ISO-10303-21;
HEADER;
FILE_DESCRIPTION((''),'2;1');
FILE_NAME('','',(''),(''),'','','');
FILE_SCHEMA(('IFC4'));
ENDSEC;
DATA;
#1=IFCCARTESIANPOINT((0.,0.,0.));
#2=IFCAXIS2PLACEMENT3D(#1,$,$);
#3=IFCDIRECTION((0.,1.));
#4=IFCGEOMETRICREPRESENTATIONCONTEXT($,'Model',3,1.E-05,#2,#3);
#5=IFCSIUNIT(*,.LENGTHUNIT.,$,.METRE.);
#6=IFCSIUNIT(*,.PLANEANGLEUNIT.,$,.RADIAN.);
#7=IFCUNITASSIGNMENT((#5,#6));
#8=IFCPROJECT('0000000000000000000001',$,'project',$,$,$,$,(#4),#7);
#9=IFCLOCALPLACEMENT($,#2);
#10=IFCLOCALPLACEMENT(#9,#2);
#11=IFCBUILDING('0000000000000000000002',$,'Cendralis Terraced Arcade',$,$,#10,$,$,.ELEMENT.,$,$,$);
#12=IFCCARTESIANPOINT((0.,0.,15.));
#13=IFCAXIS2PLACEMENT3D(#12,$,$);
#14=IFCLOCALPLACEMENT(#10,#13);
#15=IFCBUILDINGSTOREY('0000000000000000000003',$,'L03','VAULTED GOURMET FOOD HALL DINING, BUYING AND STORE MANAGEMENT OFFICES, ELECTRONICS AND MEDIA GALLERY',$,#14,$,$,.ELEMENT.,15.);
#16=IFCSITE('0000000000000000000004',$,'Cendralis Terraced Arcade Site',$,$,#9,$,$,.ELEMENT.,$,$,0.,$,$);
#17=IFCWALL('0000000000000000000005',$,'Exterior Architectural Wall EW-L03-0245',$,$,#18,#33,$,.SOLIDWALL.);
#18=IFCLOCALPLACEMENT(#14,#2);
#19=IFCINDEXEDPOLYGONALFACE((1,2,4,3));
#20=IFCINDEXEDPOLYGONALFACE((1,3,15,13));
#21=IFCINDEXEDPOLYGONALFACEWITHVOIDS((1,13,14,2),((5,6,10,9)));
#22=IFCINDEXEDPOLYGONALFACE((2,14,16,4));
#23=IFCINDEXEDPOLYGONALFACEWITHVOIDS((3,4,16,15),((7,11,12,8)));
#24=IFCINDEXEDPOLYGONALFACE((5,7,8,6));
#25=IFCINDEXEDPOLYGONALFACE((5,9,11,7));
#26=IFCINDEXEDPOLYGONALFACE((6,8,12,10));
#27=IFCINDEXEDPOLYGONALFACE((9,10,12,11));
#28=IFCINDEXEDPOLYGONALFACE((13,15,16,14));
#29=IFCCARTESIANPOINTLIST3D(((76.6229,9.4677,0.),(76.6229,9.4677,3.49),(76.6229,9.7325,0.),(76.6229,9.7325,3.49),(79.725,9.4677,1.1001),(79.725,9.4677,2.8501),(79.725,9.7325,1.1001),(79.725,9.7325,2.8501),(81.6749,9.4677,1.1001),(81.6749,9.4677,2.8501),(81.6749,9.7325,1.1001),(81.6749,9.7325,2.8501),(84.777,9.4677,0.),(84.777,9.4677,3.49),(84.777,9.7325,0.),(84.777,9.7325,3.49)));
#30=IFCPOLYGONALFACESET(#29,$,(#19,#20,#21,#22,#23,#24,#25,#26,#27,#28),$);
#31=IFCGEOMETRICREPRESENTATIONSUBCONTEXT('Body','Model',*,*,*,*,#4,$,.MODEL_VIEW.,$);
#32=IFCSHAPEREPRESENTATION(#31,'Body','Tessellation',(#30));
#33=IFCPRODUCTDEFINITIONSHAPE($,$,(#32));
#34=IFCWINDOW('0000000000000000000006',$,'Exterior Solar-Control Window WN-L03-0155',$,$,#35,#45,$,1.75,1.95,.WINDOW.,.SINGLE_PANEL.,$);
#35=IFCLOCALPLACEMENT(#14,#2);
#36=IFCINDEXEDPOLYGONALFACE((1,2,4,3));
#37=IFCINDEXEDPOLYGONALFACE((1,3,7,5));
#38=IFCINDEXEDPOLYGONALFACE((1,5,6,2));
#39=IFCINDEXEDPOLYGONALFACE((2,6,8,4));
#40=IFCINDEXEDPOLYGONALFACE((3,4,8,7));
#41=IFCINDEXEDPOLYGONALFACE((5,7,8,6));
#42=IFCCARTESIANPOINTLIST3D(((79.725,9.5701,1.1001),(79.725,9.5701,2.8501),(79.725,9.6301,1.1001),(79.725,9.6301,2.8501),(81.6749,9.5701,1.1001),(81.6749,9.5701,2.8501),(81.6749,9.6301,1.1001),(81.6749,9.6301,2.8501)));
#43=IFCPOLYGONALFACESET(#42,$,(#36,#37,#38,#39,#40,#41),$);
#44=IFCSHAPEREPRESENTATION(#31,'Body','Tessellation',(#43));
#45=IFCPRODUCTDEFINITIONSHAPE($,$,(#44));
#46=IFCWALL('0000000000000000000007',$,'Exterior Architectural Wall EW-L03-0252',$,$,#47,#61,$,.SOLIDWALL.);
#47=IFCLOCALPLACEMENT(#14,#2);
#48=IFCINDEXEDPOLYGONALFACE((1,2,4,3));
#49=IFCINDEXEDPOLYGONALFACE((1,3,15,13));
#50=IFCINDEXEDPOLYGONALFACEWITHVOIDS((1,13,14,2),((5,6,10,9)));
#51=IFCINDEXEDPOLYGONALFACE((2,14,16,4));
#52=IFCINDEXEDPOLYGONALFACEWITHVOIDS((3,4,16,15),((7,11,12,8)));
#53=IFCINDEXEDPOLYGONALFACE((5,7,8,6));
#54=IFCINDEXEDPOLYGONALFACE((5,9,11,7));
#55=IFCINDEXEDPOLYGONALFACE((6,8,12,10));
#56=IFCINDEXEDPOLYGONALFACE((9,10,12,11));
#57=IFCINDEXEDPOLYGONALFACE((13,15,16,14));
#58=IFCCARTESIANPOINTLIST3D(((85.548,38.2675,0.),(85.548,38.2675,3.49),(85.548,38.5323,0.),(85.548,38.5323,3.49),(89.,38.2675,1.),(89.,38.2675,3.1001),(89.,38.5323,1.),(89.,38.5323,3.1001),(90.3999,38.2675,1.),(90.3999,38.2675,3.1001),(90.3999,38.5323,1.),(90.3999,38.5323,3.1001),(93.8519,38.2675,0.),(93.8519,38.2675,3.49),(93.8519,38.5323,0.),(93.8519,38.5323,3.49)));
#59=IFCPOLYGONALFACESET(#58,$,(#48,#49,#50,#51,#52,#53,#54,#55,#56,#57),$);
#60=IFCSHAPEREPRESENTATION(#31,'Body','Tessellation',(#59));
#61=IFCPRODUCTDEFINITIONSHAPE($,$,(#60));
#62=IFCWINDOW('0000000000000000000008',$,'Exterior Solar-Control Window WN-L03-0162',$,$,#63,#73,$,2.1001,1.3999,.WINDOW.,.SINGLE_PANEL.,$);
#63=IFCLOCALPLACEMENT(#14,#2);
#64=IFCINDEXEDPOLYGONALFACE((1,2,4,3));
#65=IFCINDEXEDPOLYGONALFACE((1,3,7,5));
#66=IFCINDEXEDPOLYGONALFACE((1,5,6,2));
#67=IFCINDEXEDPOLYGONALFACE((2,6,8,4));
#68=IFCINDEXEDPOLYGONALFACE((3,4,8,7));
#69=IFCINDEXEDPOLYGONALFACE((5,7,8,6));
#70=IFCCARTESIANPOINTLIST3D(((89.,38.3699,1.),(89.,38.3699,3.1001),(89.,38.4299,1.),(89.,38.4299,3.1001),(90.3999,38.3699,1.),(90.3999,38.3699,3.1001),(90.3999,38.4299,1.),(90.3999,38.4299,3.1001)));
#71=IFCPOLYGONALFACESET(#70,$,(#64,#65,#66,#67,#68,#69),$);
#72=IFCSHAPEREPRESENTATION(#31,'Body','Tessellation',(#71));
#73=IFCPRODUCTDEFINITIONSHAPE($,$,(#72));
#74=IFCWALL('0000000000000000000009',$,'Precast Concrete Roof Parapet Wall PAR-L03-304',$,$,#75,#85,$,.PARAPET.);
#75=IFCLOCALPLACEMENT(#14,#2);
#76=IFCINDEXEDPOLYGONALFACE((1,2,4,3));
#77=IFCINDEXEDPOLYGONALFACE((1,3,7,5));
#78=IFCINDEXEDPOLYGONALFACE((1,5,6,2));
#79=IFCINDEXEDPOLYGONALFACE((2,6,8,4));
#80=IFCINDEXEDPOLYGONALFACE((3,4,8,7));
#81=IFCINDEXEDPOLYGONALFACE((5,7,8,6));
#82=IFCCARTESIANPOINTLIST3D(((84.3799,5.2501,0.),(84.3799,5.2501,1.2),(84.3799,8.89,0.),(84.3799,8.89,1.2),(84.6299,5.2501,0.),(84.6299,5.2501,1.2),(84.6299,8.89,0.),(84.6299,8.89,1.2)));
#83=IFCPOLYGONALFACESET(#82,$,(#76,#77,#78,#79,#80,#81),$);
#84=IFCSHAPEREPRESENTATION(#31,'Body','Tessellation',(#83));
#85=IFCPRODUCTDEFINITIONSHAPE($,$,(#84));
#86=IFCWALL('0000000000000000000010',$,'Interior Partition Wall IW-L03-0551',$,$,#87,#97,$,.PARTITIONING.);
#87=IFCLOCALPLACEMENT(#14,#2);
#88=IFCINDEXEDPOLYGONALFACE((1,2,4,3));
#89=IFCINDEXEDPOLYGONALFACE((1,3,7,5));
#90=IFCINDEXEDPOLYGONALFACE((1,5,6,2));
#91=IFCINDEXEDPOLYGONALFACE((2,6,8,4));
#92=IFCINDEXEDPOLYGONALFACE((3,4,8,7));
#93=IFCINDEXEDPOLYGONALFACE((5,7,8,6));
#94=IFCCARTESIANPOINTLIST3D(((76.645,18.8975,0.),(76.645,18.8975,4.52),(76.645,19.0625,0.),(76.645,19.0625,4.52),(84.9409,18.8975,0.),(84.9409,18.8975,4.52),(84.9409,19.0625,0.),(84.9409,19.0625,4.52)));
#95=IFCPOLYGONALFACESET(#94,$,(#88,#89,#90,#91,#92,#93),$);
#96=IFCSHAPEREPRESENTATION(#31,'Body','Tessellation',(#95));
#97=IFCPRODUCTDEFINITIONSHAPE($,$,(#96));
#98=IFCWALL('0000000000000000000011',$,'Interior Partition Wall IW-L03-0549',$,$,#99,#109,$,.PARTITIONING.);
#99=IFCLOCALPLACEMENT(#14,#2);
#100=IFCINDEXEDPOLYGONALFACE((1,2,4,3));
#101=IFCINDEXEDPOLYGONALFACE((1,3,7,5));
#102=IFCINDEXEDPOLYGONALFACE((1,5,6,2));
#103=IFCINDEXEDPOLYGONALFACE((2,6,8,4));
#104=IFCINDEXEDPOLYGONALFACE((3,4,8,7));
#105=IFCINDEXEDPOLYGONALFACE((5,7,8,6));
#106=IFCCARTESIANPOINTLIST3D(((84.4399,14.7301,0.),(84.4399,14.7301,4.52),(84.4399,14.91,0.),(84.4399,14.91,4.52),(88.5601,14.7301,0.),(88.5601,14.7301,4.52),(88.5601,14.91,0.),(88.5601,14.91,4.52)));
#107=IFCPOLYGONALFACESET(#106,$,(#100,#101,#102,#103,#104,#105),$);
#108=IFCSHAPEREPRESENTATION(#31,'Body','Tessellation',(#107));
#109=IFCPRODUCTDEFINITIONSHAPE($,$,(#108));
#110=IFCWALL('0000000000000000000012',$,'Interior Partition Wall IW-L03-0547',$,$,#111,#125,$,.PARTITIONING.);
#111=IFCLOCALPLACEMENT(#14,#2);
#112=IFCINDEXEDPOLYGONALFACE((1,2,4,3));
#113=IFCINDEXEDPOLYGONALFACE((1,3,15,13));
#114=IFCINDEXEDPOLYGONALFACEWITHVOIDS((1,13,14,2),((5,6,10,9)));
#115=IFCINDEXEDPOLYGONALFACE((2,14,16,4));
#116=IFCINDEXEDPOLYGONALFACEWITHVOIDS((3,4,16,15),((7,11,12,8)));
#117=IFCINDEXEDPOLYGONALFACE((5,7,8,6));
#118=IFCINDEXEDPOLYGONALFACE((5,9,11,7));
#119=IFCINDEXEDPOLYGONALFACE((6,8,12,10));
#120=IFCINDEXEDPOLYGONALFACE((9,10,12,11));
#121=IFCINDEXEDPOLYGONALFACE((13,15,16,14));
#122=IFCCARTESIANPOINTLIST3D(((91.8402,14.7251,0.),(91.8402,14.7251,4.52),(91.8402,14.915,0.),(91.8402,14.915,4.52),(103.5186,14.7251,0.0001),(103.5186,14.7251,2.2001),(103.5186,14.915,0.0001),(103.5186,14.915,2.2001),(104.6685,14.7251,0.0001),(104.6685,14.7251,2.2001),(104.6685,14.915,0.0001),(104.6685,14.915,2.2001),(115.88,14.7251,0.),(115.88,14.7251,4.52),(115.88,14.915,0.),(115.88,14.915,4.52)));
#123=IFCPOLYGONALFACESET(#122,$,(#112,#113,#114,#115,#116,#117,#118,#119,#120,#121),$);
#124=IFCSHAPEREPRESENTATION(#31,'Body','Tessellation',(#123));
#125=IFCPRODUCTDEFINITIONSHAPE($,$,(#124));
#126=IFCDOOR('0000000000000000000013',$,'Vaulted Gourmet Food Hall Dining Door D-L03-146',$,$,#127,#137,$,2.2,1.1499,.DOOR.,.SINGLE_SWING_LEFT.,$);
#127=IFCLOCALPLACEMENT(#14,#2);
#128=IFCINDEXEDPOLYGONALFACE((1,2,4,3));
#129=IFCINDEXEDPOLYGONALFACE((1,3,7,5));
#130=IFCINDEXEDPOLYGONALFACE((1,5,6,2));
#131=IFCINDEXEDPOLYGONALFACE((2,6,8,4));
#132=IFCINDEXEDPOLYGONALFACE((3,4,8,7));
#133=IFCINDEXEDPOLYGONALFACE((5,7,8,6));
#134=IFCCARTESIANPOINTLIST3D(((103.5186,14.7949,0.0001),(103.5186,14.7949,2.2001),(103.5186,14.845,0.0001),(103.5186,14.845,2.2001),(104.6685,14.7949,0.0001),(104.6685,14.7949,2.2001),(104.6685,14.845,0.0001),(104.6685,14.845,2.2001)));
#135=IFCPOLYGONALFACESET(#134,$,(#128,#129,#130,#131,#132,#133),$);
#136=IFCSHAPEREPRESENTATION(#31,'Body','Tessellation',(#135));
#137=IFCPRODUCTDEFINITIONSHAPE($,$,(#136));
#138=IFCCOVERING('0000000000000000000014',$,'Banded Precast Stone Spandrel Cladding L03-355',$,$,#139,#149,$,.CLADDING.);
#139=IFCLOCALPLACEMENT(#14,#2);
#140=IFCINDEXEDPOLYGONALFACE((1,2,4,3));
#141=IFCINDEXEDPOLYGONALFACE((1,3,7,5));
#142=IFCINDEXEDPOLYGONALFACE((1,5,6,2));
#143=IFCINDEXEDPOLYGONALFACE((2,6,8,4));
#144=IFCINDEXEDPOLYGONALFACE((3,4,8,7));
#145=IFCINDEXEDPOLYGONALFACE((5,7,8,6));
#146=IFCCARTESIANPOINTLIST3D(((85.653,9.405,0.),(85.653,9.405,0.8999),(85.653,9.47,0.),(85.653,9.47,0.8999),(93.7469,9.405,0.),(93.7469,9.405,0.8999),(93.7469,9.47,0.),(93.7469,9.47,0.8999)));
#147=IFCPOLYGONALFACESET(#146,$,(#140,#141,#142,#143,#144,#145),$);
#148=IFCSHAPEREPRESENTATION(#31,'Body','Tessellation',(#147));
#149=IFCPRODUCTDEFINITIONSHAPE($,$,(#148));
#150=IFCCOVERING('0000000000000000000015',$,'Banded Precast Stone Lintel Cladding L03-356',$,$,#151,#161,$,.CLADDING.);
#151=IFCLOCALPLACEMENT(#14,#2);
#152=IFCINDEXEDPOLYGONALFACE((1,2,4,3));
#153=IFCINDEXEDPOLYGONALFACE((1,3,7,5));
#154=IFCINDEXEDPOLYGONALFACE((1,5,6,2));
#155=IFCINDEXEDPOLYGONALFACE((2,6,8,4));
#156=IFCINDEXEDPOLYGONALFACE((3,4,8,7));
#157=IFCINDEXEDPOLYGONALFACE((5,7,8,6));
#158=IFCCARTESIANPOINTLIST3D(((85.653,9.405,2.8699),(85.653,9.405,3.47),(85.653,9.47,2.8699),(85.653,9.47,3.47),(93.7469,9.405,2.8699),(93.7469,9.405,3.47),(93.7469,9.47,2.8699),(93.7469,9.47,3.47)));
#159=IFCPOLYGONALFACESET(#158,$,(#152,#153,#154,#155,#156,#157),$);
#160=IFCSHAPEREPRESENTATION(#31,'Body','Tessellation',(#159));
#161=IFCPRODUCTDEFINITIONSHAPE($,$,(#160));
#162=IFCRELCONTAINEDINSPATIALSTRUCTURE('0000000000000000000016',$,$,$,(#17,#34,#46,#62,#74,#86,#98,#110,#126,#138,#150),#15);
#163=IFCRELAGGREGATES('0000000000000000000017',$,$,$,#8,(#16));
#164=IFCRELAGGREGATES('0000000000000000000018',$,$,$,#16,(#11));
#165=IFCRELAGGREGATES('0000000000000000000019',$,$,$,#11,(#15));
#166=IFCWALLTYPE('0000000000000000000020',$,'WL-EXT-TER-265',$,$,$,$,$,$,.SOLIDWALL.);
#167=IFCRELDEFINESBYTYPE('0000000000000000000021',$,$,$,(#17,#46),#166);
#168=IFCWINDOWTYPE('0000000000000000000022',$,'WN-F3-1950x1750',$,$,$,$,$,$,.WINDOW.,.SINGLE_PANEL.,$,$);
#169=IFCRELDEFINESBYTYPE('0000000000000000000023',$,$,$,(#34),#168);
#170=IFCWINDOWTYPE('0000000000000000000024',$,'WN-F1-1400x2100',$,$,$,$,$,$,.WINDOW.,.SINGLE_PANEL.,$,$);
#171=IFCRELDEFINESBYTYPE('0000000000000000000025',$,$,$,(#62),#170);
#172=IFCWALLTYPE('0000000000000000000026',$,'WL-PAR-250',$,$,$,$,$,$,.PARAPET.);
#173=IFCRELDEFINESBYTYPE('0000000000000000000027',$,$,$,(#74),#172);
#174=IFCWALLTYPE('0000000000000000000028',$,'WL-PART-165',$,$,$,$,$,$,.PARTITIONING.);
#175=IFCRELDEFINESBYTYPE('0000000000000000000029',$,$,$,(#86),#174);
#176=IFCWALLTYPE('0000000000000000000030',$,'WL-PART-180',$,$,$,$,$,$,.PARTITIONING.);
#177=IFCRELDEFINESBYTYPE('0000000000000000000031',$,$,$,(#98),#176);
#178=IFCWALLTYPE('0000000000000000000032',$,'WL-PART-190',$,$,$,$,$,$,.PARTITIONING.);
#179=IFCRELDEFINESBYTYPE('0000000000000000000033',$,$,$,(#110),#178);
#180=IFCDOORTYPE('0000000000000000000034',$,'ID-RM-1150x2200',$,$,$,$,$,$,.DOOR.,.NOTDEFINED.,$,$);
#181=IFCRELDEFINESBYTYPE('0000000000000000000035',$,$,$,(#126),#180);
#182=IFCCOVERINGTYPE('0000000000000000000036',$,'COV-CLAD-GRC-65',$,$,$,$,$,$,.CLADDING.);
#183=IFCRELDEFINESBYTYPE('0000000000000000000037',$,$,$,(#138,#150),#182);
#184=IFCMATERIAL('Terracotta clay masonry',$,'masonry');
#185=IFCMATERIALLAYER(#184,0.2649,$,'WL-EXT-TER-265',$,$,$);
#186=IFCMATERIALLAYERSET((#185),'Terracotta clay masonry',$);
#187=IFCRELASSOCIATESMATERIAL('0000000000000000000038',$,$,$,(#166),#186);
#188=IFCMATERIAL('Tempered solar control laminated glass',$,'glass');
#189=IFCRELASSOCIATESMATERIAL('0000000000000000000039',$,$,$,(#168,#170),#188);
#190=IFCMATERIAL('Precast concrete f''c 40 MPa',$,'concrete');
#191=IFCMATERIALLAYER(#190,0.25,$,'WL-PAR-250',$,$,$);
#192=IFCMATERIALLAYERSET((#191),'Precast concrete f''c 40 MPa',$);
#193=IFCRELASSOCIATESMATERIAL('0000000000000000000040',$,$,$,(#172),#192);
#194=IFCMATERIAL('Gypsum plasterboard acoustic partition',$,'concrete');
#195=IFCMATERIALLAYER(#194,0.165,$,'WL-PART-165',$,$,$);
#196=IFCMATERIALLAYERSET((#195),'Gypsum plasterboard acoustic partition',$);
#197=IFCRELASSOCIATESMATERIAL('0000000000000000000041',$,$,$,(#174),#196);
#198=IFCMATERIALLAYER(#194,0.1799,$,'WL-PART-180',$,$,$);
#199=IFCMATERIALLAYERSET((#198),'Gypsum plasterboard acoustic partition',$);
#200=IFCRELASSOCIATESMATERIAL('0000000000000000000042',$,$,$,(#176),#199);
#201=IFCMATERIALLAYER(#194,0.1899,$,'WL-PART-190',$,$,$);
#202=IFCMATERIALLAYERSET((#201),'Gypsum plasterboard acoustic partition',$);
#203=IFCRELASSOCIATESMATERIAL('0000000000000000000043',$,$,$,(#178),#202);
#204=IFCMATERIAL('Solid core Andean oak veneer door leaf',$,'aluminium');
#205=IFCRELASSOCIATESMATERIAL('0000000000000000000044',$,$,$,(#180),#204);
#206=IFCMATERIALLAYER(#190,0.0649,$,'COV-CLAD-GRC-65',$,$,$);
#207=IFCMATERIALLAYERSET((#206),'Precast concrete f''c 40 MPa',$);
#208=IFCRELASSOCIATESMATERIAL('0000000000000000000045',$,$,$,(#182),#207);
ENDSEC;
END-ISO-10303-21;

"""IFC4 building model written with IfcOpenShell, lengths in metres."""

from ifc_helpers import new_model, si_unit, direction, frame, frame_2d, origin, origin_2d, place, context, subcontext, project, spatial, rectangle, extrude, material, layer, layer_set, type_object, element, fill, save


model = new_model("IFC4")

# Units and contexts
model_context = context("Model", 3, precision=1e-05, world=origin(), true_north=direction((0.0, 1.0)))
body_context = subcontext(model_context, "Body", "Model", "MODEL_VIEW")
ifc_project = project(units=[si_unit("LENGTHUNIT", "METRE"), si_unit("PLANEANGLEUNIT", "RADIAN")], contexts=[model_context])

# Site, building, storey
site_placement = place(None, origin())
site = spatial("IfcSite", under=ifc_project, at=site_placement, Name="Cendralis Terraced Arcade Site", CompositionType="ELEMENT", RefElevation=0.0)
building_placement = place(site_placement, origin())
building = spatial("IfcBuilding", under=site, at=building_placement, Name="Cendralis Terraced Arcade", CompositionType="ELEMENT")
storey_placement = place(building_placement, frame((0.0, 0.0, 15.0)))
storey = spatial("IfcBuildingStorey", under=building, at=storey_placement, Name="L03", Description="VAULTED GOURMET FOOD HALL DINING, BUYING AND STORE MANAGEMENT OFFICES, ELECTRONICS AND MEDIA GALLERY", CompositionType="ELEMENT", Elevation=15.0)

# Walls, openings, windows
ifc_material_1 = material(Name="Terracotta clay masonry", Category="masonry")
ifc_layer_1 = layer(ifc_material_1, 0.2649, Name="WL-EXT-TER-265")
ifc_layer_set_1 = layer_set([ifc_layer_1], Name="Terracotta clay masonry")
wall_type_1 = type_object("IfcWallType", Name="WL-EXT-TER-265", PredefinedType="SOLIDWALL", material=ifc_layer_set_1)
ifc_material_2 = material(Name="Tempered solar control laminated glass", Category="glass")
wall_1_placement = place(storey_placement, frame((84.7771, 9.6001, 0.0), z_axis=(0.0, 0.0, 1.0), x_axis=(-1.0, 0.0, 0.0)))
wall_1 = element("IfcWall", 1, at=wall_1_placement, inside=storey, type_object=wall_type_1, Name="Exterior Architectural Wall EW-L03-0245", PredefinedType="SOLIDWALL", context=body_context, shape_type="SweptSolid", body=[
    extrude(rectangle(XDim=8.1541, YDim=0.2649, at=frame_2d((4.0771, 0.0))), origin(), (0.0, 0.0, 1.0), 3.49),
])
opening_1_placement = place(wall_1_placement, frame((3.1021, 0.0, 1.1001)))
opening_1 = element("IfcOpeningElement", 2, at=opening_1_placement, cuts=wall_1, PredefinedType="OPENING", context=body_context, shape_type="SweptSolid", body=[
    extrude(rectangle(XDim=1.95, YDim=1.75, at=frame_2d((0.9751, 0.875))), frame((0.0, 0.1445, 0.0), z_axis=(0.0, -1.0, 0.0), x_axis=(1.0, 0.0, 0.0)), (0.0, 0.0, 1.0), 0.2888),
])
window_type_1 = type_object("IfcWindowType", Name="WN-F3-1950x1750", PartitioningType="SINGLE_PANEL", PredefinedType="WINDOW", material=ifc_material_2)
window_1_placement = place(opening_1_placement, origin())
window_1 = element("IfcWindow", 3, at=window_1_placement, inside=storey, type_object=window_type_1, Name="Exterior Solar-Control Window WN-L03-0155", OverallHeight=1.75, OverallWidth=1.95, PartitioningType="SINGLE_PANEL", PredefinedType="WINDOW", context=body_context, shape_type="SweptSolid", body=[
    extrude(rectangle(XDim=1.95, YDim=1.75, at=frame_2d((0.9751, 0.875))), frame((0.0, 0.03, 0.0), z_axis=(0.0, -1.0, 0.0), x_axis=(1.0, 0.0, 0.0)), (0.0, 0.0, 1.0), 0.0601),
])
fill(opening_1, window_1)
wall_2_placement = place(storey_placement, frame((85.5481, 38.3999, 0.0), z_axis=(0.0, 0.0, 1.0), x_axis=(1.0, 0.0, 0.0)))
wall_2 = element("IfcWall", 4, at=wall_2_placement, inside=storey, type_object=wall_type_1, Name="Exterior Architectural Wall EW-L03-0252", PredefinedType="SOLIDWALL", context=body_context, shape_type="SweptSolid", body=[
    extrude(rectangle(XDim=8.304, YDim=0.2649, at=frame_2d((4.1519, 0.0))), origin(), (0.0, 0.0, 1.0), 3.49),
])
opening_2_placement = place(wall_2_placement, frame((3.4519, 0.0, 1.0)))
opening_2 = element("IfcOpeningElement", 5, at=opening_2_placement, cuts=wall_2, PredefinedType="OPENING", context=body_context, shape_type="SweptSolid", body=[
    extrude(rectangle(XDim=1.3999, YDim=2.1001, at=frame_2d((0.7, 1.05))), frame((0.0, 0.1445, 0.0), z_axis=(0.0, -1.0, 0.0), x_axis=(1.0, 0.0, 0.0)), (0.0, 0.0, 1.0), 0.2888),
])
window_type_2 = type_object("IfcWindowType", Name="WN-F1-1400x2100", PartitioningType="SINGLE_PANEL", PredefinedType="WINDOW", material=ifc_material_2)
window_2_placement = place(opening_2_placement, origin())
window_2 = element("IfcWindow", 6, at=window_2_placement, inside=storey, type_object=window_type_2, Name="Exterior Solar-Control Window WN-L03-0162", OverallHeight=2.1001, OverallWidth=1.3999, PartitioningType="SINGLE_PANEL", PredefinedType="WINDOW", context=body_context, shape_type="SweptSolid", body=[
    extrude(rectangle(XDim=1.3999, YDim=2.1001, at=frame_2d((0.7, 1.05))), frame((0.0, 0.03, 0.0), z_axis=(0.0, -1.0, 0.0), x_axis=(1.0, 0.0, 0.0)), (0.0, 0.0, 1.0), 0.0601),
])
fill(opening_2, window_2)

# Walls
ifc_material_3 = material(Name="Precast concrete f'c 40 MPa", Category="concrete")
ifc_layer_2 = layer(ifc_material_3, 0.25, Name="WL-PAR-250")
ifc_layer_set_2 = layer_set([ifc_layer_2], Name="Precast concrete f'c 40 MPa")
wall_type_2 = type_object("IfcWallType", Name="WL-PAR-250", PredefinedType="PARAPET", material=ifc_layer_set_2)
wall_3_placement = place(storey_placement, frame((84.5049, 8.8899, 0.0), z_axis=(0.0, 0.0, 1.0), x_axis=(0.0, -1.0, 0.0)))
element("IfcWall", 7, at=wall_3_placement, inside=storey, type_object=wall_type_2, Name="Precast Concrete Roof Parapet Wall PAR-L03-304", PredefinedType="PARAPET", context=body_context, shape_type="SweptSolid", body=[
    extrude(rectangle(XDim=3.6399, YDim=0.25, at=frame_2d((1.8198, 0.0))), origin(), (0.0, 0.0, 1.0), 1.2),
])
ifc_material_4 = material(Name="Gypsum plasterboard acoustic partition", Category="concrete")
ifc_layer_3 = layer(ifc_material_4, 0.165, Name="WL-PART-165")
ifc_layer_set_3 = layer_set([ifc_layer_3], Name="Gypsum plasterboard acoustic partition")
wall_type_3 = type_object("IfcWallType", Name="WL-PART-165", PredefinedType="PARTITIONING", material=ifc_layer_set_3)
wall_4_placement = place(storey_placement, frame((84.9409, 18.98, 0.0), z_axis=(0.0, 0.0, 1.0), x_axis=(-1.0, 0.0, 0.0)))
element("IfcWall", 8, at=wall_4_placement, inside=storey, type_object=wall_type_3, Name="Interior Partition Wall IW-L03-0551", PredefinedType="PARTITIONING", context=body_context, shape_type="SweptSolid", body=[
    extrude(rectangle(XDim=8.2959, YDim=0.165, at=frame_2d((4.1479, 0.0))), origin(), (0.0, 0.0, 1.0), 4.52),
])
ifc_layer_4 = layer(ifc_material_4, 0.1799, Name="WL-PART-180")
ifc_layer_set_4 = layer_set([ifc_layer_4], Name="Gypsum plasterboard acoustic partition")
wall_type_4 = type_object("IfcWallType", Name="WL-PART-180", PredefinedType="PARTITIONING", material=ifc_layer_set_4)
wall_5_placement = place(storey_placement, frame((84.4399, 14.8201, 0.0), z_axis=(0.0, 0.0, 1.0), x_axis=(1.0, 0.0, 0.0)))
element("IfcWall", 9, at=wall_5_placement, inside=storey, type_object=wall_type_4, Name="Interior Partition Wall IW-L03-0549", PredefinedType="PARTITIONING", context=body_context, shape_type="SweptSolid", body=[
    extrude(rectangle(XDim=4.1201, YDim=0.1799, at=frame_2d((2.0601, 0.0))), origin(), (0.0, 0.0, 1.0), 4.52),
])

# Wall, opening, door
ifc_layer_5 = layer(ifc_material_4, 0.1899, Name="WL-PART-190")
ifc_layer_set_5 = layer_set([ifc_layer_5], Name="Gypsum plasterboard acoustic partition")
wall_type_5 = type_object("IfcWallType", Name="WL-PART-190", PredefinedType="PARTITIONING", material=ifc_layer_set_5)
wall_6_placement = place(storey_placement, frame((91.8401, 14.8201, 0.0), z_axis=(0.0, 0.0, 1.0), x_axis=(1.0, 0.0, 0.0)))
wall_6 = element("IfcWall", 10, at=wall_6_placement, inside=storey, type_object=wall_type_5, Name="Interior Partition Wall IW-L03-0547", PredefinedType="PARTITIONING", context=body_context, shape_type="SweptSolid", body=[
    extrude(rectangle(XDim=24.0398, YDim=0.1899, at=frame_2d((12.02, 0.0))), origin(), (0.0, 0.0, 1.0), 4.52),
])
opening_3_placement = place(wall_6_placement, frame((11.6785, 0.0, 0.0)))
opening_3 = element("IfcOpeningElement", 11, at=opening_3_placement, cuts=wall_6, PredefinedType="OPENING", context=body_context, shape_type="SweptSolid", body=[
    extrude(rectangle(XDim=1.1499, YDim=2.2, at=frame_2d((0.575, 1.1001))), frame((0.0, 0.1069, 0.0), z_axis=(0.0, -1.0, 0.0), x_axis=(1.0, 0.0, 0.0)), (0.0, 0.0, 1.0), 0.2139),
])
ifc_material_5 = material(Name="Solid core Andean oak veneer door leaf", Category="aluminium")
door_type_1 = type_object("IfcDoorType", Name="ID-RM-1150x2200", OperationType="NOTDEFINED", PredefinedType="DOOR", material=ifc_material_5)
door_1_placement = place(opening_3_placement, origin())
door_1 = element("IfcDoor", 12, at=door_1_placement, inside=storey, type_object=door_type_1, Name="Vaulted Gourmet Food Hall Dining Door D-L03-146", OperationType="SINGLE_SWING_LEFT", OverallHeight=2.2, OverallWidth=1.1499, PredefinedType="DOOR", context=body_context, shape_type="SweptSolid", body=[
    extrude(rectangle(XDim=1.1499, YDim=2.2, at=frame_2d((0.575, 1.1001))), frame((0.0, 0.0249, 0.0), z_axis=(0.0, -1.0, 0.0), x_axis=(1.0, 0.0, 0.0)), (0.0, 0.0, 1.0), 0.05),
])
fill(opening_3, door_1)

# Coverings
ifc_layer_6 = layer(ifc_material_3, 0.0649, Name="COV-CLAD-GRC-65")
ifc_layer_set_6 = layer_set([ifc_layer_6], Name="Precast concrete f'c 40 MPa")
covering_type = type_object("IfcCoveringType", Name="COV-CLAD-GRC-65", PredefinedType="CLADDING", material=ifc_layer_set_6)
covering_1_placement = place(storey_placement, frame((89.7, 9.4375, 0.0), z_axis=(0.0, 0.0, 1.0), x_axis=(-1.0, 0.0, 0.0)))
element("IfcCovering", 13, at=covering_1_placement, inside=storey, type_object=covering_type, Name="Banded Precast Stone Spandrel Cladding L03-355", PredefinedType="CLADDING", context=body_context, shape_type="SweptSolid", body=[
    extrude(rectangle(XDim=8.094, YDim=0.0649, at=origin_2d()), origin(), (0.0, 0.0, 1.0), 0.8999),
])
covering_2_placement = place(storey_placement, frame((89.7, 9.4375, 2.8699), z_axis=(0.0, 0.0, 1.0), x_axis=(-1.0, 0.0, 0.0)))
element("IfcCovering", 14, at=covering_2_placement, inside=storey, type_object=covering_type, Name="Banded Precast Stone Lintel Cladding L03-356", PredefinedType="CLADDING", context=body_context, shape_type="SweptSolid", body=[
    extrude(rectangle(XDim=8.094, YDim=0.0649, at=origin_2d()), origin(), (0.0, 0.0, 1.0), 0.6001),
])

save(model, "model.ifc")
